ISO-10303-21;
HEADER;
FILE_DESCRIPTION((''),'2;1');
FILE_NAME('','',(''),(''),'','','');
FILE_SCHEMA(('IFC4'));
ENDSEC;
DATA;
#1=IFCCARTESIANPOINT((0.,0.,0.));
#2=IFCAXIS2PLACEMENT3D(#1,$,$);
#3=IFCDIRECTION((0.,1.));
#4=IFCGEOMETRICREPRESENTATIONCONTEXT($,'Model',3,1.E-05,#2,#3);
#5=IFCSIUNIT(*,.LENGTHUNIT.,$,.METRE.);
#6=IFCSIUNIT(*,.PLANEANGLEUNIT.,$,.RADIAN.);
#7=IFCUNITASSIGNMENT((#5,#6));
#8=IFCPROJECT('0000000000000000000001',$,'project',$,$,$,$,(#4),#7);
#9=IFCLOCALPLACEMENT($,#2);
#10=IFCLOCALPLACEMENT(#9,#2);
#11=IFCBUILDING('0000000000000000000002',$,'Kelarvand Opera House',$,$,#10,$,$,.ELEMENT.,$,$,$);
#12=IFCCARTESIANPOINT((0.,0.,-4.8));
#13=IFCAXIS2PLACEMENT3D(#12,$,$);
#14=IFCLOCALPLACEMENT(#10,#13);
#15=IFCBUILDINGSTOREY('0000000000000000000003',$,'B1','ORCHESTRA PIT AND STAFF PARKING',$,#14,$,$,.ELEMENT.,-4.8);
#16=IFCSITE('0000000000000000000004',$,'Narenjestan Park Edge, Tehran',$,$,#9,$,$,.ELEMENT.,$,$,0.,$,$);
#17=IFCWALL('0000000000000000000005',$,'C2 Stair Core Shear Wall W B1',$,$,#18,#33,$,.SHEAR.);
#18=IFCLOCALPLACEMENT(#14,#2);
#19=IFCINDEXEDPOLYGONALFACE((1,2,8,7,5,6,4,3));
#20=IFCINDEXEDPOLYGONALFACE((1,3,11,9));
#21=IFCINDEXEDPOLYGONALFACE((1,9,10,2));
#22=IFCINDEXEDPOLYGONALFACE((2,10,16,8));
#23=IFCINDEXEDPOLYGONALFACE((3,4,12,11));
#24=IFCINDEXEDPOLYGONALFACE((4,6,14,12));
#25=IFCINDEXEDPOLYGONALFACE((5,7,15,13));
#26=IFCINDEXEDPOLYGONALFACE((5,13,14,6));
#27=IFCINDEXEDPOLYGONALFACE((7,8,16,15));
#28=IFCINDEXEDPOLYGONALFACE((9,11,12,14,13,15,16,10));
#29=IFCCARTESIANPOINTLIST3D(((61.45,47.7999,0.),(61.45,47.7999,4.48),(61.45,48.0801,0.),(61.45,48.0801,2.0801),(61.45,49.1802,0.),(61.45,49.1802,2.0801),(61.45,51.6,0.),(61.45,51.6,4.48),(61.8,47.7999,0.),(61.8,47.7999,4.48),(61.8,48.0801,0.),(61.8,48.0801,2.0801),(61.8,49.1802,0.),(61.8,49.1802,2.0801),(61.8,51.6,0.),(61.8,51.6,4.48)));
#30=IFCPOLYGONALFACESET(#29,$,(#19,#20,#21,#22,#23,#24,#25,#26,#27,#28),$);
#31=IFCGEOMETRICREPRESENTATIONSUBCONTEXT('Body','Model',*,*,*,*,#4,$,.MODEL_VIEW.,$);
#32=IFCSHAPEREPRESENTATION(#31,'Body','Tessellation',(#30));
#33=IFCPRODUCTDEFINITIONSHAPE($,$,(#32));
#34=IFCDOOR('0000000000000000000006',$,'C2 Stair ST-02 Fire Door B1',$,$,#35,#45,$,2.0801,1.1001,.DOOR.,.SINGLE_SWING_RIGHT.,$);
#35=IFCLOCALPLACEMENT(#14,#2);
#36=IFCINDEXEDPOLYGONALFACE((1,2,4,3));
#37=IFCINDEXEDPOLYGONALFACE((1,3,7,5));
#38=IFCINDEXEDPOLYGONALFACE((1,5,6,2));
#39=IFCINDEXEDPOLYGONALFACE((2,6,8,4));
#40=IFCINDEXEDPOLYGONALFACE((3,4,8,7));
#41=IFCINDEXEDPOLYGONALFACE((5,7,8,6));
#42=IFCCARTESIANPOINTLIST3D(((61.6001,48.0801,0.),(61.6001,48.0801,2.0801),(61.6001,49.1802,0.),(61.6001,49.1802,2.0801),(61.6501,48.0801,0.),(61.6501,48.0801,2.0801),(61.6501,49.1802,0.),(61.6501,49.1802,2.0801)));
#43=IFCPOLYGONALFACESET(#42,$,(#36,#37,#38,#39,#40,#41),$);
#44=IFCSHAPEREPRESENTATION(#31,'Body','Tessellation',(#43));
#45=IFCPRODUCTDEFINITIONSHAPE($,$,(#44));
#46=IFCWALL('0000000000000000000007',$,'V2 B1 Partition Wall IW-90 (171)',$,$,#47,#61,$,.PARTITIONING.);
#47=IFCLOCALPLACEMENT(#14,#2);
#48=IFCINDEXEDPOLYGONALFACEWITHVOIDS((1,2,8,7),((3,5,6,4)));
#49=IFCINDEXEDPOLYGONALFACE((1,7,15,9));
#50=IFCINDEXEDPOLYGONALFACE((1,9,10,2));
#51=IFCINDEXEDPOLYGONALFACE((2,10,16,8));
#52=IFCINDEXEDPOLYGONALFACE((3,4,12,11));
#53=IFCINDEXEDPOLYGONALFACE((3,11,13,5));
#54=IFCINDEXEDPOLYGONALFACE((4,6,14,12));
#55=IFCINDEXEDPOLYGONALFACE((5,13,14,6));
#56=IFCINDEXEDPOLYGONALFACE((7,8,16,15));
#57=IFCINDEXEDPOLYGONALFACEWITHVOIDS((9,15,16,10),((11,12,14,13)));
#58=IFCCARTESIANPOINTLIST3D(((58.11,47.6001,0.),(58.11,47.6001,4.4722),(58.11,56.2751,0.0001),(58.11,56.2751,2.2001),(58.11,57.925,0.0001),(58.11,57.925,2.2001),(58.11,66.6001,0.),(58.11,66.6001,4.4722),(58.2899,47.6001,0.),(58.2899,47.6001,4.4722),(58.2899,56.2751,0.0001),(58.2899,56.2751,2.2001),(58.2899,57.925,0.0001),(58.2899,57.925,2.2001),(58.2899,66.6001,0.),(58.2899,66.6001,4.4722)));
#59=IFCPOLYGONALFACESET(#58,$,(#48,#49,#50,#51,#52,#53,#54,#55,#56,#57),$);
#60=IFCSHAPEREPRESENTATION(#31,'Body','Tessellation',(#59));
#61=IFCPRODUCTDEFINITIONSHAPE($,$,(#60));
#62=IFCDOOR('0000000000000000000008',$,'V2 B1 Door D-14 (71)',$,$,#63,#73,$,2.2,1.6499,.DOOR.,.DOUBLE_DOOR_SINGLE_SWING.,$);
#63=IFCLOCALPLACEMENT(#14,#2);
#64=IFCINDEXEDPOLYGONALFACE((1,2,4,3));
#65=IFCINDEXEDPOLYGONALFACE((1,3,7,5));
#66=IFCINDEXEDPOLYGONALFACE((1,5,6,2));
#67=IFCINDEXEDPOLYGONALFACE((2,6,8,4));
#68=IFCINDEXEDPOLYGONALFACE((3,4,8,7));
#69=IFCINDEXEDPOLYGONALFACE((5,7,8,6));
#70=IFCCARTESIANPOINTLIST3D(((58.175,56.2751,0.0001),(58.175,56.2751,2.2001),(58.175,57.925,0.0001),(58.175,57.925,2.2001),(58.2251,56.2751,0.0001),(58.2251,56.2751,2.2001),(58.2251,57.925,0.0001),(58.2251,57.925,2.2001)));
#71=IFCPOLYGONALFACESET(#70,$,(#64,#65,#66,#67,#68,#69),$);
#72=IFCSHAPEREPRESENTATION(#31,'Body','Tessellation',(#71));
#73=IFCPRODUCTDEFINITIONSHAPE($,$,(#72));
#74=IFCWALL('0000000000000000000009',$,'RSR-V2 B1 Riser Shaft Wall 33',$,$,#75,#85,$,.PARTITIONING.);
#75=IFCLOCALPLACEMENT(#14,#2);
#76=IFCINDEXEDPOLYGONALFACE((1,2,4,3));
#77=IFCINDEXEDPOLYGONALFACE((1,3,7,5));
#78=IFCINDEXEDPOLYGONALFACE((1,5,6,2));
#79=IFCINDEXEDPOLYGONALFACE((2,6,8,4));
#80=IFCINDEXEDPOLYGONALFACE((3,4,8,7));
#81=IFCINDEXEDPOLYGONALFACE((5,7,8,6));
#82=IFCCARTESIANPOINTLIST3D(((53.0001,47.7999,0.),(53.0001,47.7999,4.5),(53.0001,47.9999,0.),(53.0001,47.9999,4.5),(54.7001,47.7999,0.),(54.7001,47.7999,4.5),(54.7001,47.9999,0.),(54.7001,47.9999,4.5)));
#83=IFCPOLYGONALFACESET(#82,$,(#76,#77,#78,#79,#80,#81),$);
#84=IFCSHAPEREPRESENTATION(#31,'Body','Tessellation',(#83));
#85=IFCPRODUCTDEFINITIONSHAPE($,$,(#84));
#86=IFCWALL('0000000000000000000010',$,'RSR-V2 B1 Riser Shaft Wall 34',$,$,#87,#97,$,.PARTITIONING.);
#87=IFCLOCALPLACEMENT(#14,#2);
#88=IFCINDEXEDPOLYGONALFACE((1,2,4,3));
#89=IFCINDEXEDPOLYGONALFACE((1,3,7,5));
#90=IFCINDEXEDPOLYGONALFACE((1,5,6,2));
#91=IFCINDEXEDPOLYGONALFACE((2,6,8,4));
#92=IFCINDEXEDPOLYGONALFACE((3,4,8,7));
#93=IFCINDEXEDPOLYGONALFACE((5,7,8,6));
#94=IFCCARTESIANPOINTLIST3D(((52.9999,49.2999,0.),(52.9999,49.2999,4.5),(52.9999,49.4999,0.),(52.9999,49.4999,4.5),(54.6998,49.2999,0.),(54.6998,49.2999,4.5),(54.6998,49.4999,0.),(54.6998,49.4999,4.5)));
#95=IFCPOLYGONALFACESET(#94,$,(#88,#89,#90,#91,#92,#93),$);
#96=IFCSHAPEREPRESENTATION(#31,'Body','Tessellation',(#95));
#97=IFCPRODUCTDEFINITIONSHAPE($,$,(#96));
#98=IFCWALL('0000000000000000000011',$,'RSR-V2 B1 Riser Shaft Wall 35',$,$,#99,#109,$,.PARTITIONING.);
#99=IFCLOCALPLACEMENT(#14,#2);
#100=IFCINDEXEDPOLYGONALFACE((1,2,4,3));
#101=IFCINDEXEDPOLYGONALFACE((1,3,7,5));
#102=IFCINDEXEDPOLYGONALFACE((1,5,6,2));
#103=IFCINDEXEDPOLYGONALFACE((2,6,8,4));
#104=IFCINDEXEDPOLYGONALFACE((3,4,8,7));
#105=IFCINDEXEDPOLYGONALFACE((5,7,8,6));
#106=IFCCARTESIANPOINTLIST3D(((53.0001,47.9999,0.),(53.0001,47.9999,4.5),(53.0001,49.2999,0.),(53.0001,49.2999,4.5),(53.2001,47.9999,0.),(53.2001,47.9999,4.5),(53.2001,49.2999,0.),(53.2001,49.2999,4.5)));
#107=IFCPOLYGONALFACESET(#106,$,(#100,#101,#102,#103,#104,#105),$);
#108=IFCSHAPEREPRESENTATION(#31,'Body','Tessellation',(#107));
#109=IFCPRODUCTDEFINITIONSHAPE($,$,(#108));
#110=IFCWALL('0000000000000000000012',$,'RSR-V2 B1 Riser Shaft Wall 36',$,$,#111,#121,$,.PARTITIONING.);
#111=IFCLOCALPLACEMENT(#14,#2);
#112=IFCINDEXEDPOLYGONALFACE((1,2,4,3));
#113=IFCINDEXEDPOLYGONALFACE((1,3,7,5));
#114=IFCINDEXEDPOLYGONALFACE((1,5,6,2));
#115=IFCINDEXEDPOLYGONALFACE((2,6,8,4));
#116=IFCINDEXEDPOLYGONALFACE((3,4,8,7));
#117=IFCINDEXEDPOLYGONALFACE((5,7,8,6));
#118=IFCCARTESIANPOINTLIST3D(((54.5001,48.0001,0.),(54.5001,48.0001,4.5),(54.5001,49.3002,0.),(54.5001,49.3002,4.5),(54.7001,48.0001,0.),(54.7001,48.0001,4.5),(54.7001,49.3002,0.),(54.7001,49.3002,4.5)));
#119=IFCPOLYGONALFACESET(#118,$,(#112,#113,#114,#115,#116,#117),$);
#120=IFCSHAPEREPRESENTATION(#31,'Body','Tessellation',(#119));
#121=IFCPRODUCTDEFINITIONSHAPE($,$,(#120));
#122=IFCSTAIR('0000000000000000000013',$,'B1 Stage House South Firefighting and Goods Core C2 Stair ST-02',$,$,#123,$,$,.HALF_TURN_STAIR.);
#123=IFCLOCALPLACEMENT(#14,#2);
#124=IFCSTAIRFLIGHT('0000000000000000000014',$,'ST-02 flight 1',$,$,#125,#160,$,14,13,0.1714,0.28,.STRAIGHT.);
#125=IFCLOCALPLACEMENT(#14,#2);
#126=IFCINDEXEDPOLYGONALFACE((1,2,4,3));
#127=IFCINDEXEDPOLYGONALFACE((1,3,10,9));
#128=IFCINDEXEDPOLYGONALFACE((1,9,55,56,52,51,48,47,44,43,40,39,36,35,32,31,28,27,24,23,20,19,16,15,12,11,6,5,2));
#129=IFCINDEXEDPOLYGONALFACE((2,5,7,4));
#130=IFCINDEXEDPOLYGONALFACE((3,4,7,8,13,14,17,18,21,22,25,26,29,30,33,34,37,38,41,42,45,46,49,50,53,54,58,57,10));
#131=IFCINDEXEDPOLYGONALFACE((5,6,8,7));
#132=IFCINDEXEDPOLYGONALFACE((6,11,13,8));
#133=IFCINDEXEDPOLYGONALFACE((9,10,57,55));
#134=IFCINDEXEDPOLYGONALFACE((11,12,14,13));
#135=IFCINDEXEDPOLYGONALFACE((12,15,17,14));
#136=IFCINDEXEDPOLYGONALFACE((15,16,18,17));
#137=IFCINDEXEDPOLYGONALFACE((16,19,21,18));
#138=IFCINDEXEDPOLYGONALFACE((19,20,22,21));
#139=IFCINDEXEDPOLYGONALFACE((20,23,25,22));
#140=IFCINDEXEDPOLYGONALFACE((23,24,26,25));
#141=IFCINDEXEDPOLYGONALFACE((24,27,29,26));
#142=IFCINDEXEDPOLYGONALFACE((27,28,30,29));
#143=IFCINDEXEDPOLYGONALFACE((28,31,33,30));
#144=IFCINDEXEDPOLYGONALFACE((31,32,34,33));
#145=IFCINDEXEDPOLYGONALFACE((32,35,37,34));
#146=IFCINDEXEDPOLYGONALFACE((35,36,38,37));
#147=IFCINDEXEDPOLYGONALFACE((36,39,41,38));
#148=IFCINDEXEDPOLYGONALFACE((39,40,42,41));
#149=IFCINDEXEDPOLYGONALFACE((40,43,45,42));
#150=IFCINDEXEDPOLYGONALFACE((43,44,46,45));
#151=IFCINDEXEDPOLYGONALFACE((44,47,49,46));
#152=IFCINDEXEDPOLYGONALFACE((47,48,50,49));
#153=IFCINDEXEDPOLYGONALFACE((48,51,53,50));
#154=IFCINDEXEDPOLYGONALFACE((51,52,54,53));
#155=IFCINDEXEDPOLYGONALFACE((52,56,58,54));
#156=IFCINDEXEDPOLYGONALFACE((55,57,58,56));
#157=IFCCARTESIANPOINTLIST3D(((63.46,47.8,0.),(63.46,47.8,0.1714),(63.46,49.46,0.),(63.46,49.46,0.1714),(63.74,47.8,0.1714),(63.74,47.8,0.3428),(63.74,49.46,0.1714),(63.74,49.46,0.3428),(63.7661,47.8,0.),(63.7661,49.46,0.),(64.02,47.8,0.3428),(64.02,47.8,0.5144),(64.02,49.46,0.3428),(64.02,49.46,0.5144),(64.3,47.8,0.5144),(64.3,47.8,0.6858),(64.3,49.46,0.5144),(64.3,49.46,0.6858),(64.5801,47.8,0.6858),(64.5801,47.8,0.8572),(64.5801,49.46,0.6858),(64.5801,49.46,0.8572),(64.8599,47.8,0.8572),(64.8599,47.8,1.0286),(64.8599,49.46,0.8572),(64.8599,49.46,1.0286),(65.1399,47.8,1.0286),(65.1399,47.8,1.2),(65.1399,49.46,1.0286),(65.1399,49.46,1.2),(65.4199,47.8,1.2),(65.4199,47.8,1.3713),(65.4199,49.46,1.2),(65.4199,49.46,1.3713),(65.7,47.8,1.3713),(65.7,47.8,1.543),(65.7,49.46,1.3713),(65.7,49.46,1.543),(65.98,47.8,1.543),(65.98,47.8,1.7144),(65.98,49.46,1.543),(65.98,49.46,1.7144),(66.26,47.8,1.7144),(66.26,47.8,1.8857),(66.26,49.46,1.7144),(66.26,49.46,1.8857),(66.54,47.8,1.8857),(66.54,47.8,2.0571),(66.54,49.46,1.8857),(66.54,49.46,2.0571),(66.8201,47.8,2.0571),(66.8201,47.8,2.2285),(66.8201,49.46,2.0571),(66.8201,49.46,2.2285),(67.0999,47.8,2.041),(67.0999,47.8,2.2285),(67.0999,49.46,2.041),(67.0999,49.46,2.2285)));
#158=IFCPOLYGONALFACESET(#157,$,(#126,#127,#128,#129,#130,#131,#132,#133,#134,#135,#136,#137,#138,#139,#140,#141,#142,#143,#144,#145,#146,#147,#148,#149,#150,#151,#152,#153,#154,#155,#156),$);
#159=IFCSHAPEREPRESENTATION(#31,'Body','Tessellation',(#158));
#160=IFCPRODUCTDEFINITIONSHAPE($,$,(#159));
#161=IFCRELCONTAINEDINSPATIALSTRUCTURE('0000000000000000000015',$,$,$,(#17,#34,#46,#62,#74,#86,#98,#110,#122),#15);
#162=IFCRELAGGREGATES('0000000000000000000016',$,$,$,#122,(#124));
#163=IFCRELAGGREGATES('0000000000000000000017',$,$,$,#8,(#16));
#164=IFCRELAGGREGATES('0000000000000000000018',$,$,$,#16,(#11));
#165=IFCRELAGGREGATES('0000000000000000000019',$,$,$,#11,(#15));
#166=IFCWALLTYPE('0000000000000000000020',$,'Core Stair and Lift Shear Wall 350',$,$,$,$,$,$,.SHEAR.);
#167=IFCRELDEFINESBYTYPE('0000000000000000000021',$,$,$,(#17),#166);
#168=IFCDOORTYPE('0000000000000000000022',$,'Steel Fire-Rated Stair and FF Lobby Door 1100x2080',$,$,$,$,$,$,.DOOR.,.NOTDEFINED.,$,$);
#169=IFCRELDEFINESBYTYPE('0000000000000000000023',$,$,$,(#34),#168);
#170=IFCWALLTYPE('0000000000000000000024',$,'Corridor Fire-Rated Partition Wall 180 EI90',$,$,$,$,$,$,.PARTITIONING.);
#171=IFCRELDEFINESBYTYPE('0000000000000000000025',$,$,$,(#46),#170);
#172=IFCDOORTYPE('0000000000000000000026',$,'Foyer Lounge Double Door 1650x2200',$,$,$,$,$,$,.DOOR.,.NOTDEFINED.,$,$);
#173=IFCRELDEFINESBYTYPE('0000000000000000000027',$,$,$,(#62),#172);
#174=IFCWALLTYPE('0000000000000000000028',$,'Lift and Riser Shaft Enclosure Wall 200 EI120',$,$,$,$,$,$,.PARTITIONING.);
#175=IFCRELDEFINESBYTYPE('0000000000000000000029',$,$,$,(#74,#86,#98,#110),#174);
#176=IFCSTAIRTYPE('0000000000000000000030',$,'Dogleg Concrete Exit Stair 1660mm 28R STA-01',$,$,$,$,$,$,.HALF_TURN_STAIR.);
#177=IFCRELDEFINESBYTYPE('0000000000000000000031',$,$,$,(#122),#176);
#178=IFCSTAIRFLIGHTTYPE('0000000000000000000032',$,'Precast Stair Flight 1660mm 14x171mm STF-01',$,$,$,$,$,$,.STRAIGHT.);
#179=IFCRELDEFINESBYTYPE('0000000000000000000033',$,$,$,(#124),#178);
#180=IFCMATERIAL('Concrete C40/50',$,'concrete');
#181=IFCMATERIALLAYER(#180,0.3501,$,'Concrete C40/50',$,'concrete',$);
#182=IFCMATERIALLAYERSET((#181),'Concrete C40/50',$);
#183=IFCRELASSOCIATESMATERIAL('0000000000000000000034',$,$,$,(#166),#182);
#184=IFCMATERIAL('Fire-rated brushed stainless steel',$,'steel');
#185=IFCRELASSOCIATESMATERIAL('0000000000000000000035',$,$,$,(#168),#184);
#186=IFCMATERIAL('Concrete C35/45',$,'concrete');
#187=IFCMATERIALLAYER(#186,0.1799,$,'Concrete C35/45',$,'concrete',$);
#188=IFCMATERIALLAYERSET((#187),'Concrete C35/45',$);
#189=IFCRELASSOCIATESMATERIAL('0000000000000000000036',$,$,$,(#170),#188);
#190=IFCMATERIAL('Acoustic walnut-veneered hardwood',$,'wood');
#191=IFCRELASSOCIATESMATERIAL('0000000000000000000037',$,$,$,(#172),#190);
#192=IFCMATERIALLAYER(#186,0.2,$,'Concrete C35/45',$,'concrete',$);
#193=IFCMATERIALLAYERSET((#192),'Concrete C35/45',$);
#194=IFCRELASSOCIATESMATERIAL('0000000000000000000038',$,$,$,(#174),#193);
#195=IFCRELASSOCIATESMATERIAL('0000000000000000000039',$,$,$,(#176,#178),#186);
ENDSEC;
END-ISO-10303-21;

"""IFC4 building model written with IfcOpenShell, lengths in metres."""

from ifc_helpers import new_model, si_unit, direction, frame, frame_2d, origin, place, context, subcontext, project, spatial, polyline, rectangle, outline, extrude, material, layer, layer_set, type_object, element, fill, aggregate, save


model = new_model("IFC4")

# Units and contexts
model_context = context("Model", 3, precision=1e-05, world=origin(), true_north=direction((0.0, 1.0)))
body_context = subcontext(model_context, "Body", "Model", "MODEL_VIEW")
ifc_project = project(units=[si_unit("LENGTHUNIT", "METRE"), si_unit("PLANEANGLEUNIT", "RADIAN")], contexts=[model_context])

# Site, building, storey
site_placement = place(None, origin())
site = spatial("IfcSite", under=ifc_project, at=site_placement, Name="Narenjestan Park Edge, Tehran", CompositionType="ELEMENT", RefElevation=0.0)
building_placement = place(site_placement, origin())
building = spatial("IfcBuilding", under=site, at=building_placement, Name="Kelarvand Opera House", CompositionType="ELEMENT")
storey_placement = place(building_placement, frame((0.0, 0.0, -4.8)))
storey = spatial("IfcBuildingStorey", under=building, at=storey_placement, Name="B1", Description="ORCHESTRA PIT AND STAFF PARKING", CompositionType="ELEMENT", Elevation=-4.8)

# Shared definitions
ifc_material_1 = material(Name="Concrete C40/50", Category="concrete")

# Shared definitions
ifc_material_2 = material(Name="Concrete C35/45", Category="concrete")

# Shared definitions
ifc_layer_1 = layer(ifc_material_1, 0.3501, Name="Concrete C40/50", Category="concrete")
ifc_layer_set_1 = layer_set([ifc_layer_1], Name="Concrete C40/50")
wall_type_1 = type_object("IfcWallType", Name="Core Stair and Lift Shear Wall 350", PredefinedType="SHEAR", material=ifc_layer_set_1)

# Walls, openings, doors
wall_1_placement = place(storey_placement, frame((61.625, 47.8, 0.0), z_axis=(0.0, 0.0, 1.0), x_axis=(0.0, 1.0, 0.0)))
wall_1 = element("IfcWall", 1, at=wall_1_placement, inside=storey, type_object=wall_type_1, Name="C2 Stair Core Shear Wall W B1", PredefinedType="SHEAR", context=body_context, shape_type="SweptSolid", body=[
    extrude(rectangle(XDim=3.8, YDim=0.3501, at=frame_2d((1.8999, 0.0))), origin(), (0.0, 0.0, 1.0), 4.48),
])
opening_1_placement = place(wall_1_placement, frame((0.28, 0.0, 0.0)))
opening_1 = element("IfcOpeningElement", 2, at=opening_1_placement, cuts=wall_1, PredefinedType="OPENING", context=body_context, shape_type="SweptSolid", body=[
    extrude(rectangle(XDim=1.1001, YDim=2.0801, at=frame_2d((0.55, 1.04))), frame((0.0, 0.1851, 0.0), z_axis=(0.0, -1.0, 0.0), x_axis=(1.0, 0.0, 0.0)), (0.0, 0.0, 1.0), 0.3701),
])
ifc_material_3 = material(Name="Fire-rated brushed stainless steel", Category="steel")
door_type_1 = type_object("IfcDoorType", Name="Steel Fire-Rated Stair and FF Lobby Door 1100x2080", OperationType="NOTDEFINED", PredefinedType="DOOR", material=ifc_material_3)
door_1_placement = place(opening_1_placement, origin())
door_1 = element("IfcDoor", 3, at=door_1_placement, inside=storey, type_object=door_type_1, Name="C2 Stair ST-02 Fire Door B1", OperationType="SINGLE_SWING_RIGHT", OverallHeight=2.0801, OverallWidth=1.1001, PredefinedType="DOOR", context=body_context, shape_type="SweptSolid", body=[
    extrude(rectangle(XDim=1.1001, YDim=2.0801, at=frame_2d((0.55, 1.04))), frame((0.0, 0.0249, 0.0), z_axis=(0.0, -1.0, 0.0), x_axis=(1.0, 0.0, 0.0)), (0.0, 0.0, 1.0), 0.05),
])
fill(opening_1, door_1)
ifc_layer_2 = layer(ifc_material_2, 0.1799, Name="Concrete C35/45", Category="concrete")
ifc_layer_set_2 = layer_set([ifc_layer_2], Name="Concrete C35/45")
wall_type_2 = type_object("IfcWallType", Name="Corridor Fire-Rated Partition Wall 180 EI90", PredefinedType="PARTITIONING", material=ifc_layer_set_2)
wall_2_placement = place(storey_placement, frame((58.2, 47.6001, 0.0), z_axis=(0.0, 0.0, 1.0), x_axis=(0.0, 1.0, 0.0)))
wall_2 = element("IfcWall", 4, at=wall_2_placement, inside=storey, type_object=wall_type_2, Name="V2 B1 Partition Wall IW-90 (171)", PredefinedType="PARTITIONING", context=body_context, shape_type="SweptSolid", body=[
    extrude(rectangle(XDim=19.0, YDim=0.1799, at=frame_2d((9.5, 0.0))), origin(), (0.0, 0.0, 1.0), 4.4722),
])
opening_2_placement = place(wall_2_placement, frame((8.675, 0.0, 0.0)))
opening_2 = element("IfcOpeningElement", 5, at=opening_2_placement, cuts=wall_2, PredefinedType="OPENING", context=body_context, shape_type="SweptSolid", body=[
    extrude(rectangle(XDim=1.6499, YDim=2.2, at=frame_2d((0.825, 1.1001))), frame((0.0, 0.1001, 0.0), z_axis=(0.0, -1.0, 0.0), x_axis=(1.0, 0.0, 0.0)), (0.0, 0.0, 1.0), 0.2),
])
ifc_material_4 = material(Name="Acoustic walnut-veneered hardwood", Category="wood")
door_type_2 = type_object("IfcDoorType", Name="Foyer Lounge Double Door 1650x2200", OperationType="NOTDEFINED", PredefinedType="DOOR", material=ifc_material_4)
door_2_placement = place(opening_2_placement, origin())
door_2 = element("IfcDoor", 6, at=door_2_placement, inside=storey, type_object=door_type_2, Name="V2 B1 Door D-14 (71)", OperationType="DOUBLE_DOOR_SINGLE_SWING", OverallHeight=2.2, OverallWidth=1.6499, PredefinedType="DOOR", context=body_context, shape_type="SweptSolid", body=[
    extrude(rectangle(XDim=1.6499, YDim=2.2, at=frame_2d((0.825, 1.1001))), frame((0.0, 0.0249, 0.0), z_axis=(0.0, -1.0, 0.0), x_axis=(1.0, 0.0, 0.0)), (0.0, 0.0, 1.0), 0.05),
])
fill(opening_2, door_2)

# Walls
ifc_layer_3 = layer(ifc_material_2, 0.2, Name="Concrete C35/45", Category="concrete")
ifc_layer_set_3 = layer_set([ifc_layer_3], Name="Concrete C35/45")
wall_type_3 = type_object("IfcWallType", Name="Lift and Riser Shaft Enclosure Wall 200 EI120", PredefinedType="PARTITIONING", material=ifc_layer_set_3)
for number, where, z_axis, x_axis, name in (
    (7, (53.0, 47.8999, 0.0), (0.0, 0.0, 1.0), (1.0, 0.0, 0.0), "RSR-V2 B1 Riser Shaft Wall 33"),
    (8, (54.7, 49.3999, 0.0), (0.0, 0.0, 1.0), (-1.0, 0.0, 0.0), "RSR-V2 B1 Riser Shaft Wall 34"),
):
    element("IfcWall", number, at=place(storey_placement, frame(where, z_axis=z_axis, x_axis=x_axis)), inside=storey, type_object=wall_type_3, Name=name, PredefinedType="PARTITIONING", context=body_context, shape_type="SweptSolid", body=[
        extrude(rectangle(XDim=1.7, YDim=0.2, at=frame_2d((0.8501, 0.0))), origin(), (0.0, 0.0, 1.0), 4.5),
    ])
for number, where, z_axis, x_axis, name in (
    (9, (53.1001, 48.0, 0.0), (0.0, 0.0, 1.0), (0.0, 1.0, 0.0), "RSR-V2 B1 Riser Shaft Wall 35"),
    (10, (54.6001, 49.3, 0.0), (0.0, 0.0, 1.0), (0.0, -1.0, 0.0), "RSR-V2 B1 Riser Shaft Wall 36"),
):
    element("IfcWall", number, at=place(storey_placement, frame(where, z_axis=z_axis, x_axis=x_axis)), inside=storey, type_object=wall_type_3, Name=name, PredefinedType="PARTITIONING", context=body_context, shape_type="SweptSolid", body=[
        extrude(rectangle(XDim=1.3, YDim=0.2, at=frame_2d((0.6499, 0.0))), origin(), (0.0, 0.0, 1.0), 4.5),
    ])

# Stair, stair flight
stair_type = type_object("IfcStairType", Name="Dogleg Concrete Exit Stair 1660mm 28R STA-01", PredefinedType="HALF_TURN_STAIR", material=ifc_material_2)
stair_placement = place(storey_placement, origin())
stair = element("IfcStair", 11, at=stair_placement, inside=storey, type_object=stair_type, Name="B1 Stage House South Firefighting and Goods Core C2 Stair ST-02", PredefinedType="HALF_TURN_STAIR")
stair_flight_type = type_object("IfcStairFlightType", Name="Precast Stair Flight 1660mm 14x171mm STF-01", PredefinedType="STRAIGHT", material=ifc_material_2)
stair_flight_placement = place(storey_placement, frame((63.46, 48.6299, 0.0), z_axis=(0.0, 0.0, 1.0), x_axis=(1.0, 0.0, 0.0)))
stair_flight = element("IfcStairFlight", 12, at=stair_flight_placement, type_object=stair_flight_type, Name="ST-02 flight 1", NumberOfRisers=14, NumberOfTreads=13, PredefinedType="STRAIGHT", RiserHeight=0.1714, TreadLength=0.28, context=body_context, shape_type="SweptSolid", body=[
    extrude(outline(polyline([(0.0, 0.0), (0.0, 0.1714), (0.28, 0.1714), (0.28, 0.3428), (0.5601, 0.3428), (0.5601, 0.5144), (0.8401, 0.5144), (0.8401, 0.6858), (1.1201, 0.6858), (1.1201, 0.8572), (1.3999, 0.8572), (1.3999, 1.0286), (1.6799, 1.0286), (1.6799, 1.2), (1.96, 1.2), (1.96, 1.3713), (2.24, 1.3713), (2.24, 1.543), (2.52, 1.543), (2.52, 1.7144), (2.8, 1.7144), (2.8, 1.8857), (3.0801, 1.8857), (3.0801, 2.0571), (3.3601, 2.0571), (3.3601, 2.2285), (3.6399, 2.2285), (3.6399, 2.3999), (3.6399, 2.041), (0.3062, 0.0), (0.0, 0.0)])), frame((0.0, 0.8301, 0.0), z_axis=(0.0, -1.0, 0.0), x_axis=(1.0, 0.0, 0.0)), (0.0, 0.0, 1.0), 1.6599),
])
aggregate(stair, [stair_flight])

save(model, "model.ifc")
